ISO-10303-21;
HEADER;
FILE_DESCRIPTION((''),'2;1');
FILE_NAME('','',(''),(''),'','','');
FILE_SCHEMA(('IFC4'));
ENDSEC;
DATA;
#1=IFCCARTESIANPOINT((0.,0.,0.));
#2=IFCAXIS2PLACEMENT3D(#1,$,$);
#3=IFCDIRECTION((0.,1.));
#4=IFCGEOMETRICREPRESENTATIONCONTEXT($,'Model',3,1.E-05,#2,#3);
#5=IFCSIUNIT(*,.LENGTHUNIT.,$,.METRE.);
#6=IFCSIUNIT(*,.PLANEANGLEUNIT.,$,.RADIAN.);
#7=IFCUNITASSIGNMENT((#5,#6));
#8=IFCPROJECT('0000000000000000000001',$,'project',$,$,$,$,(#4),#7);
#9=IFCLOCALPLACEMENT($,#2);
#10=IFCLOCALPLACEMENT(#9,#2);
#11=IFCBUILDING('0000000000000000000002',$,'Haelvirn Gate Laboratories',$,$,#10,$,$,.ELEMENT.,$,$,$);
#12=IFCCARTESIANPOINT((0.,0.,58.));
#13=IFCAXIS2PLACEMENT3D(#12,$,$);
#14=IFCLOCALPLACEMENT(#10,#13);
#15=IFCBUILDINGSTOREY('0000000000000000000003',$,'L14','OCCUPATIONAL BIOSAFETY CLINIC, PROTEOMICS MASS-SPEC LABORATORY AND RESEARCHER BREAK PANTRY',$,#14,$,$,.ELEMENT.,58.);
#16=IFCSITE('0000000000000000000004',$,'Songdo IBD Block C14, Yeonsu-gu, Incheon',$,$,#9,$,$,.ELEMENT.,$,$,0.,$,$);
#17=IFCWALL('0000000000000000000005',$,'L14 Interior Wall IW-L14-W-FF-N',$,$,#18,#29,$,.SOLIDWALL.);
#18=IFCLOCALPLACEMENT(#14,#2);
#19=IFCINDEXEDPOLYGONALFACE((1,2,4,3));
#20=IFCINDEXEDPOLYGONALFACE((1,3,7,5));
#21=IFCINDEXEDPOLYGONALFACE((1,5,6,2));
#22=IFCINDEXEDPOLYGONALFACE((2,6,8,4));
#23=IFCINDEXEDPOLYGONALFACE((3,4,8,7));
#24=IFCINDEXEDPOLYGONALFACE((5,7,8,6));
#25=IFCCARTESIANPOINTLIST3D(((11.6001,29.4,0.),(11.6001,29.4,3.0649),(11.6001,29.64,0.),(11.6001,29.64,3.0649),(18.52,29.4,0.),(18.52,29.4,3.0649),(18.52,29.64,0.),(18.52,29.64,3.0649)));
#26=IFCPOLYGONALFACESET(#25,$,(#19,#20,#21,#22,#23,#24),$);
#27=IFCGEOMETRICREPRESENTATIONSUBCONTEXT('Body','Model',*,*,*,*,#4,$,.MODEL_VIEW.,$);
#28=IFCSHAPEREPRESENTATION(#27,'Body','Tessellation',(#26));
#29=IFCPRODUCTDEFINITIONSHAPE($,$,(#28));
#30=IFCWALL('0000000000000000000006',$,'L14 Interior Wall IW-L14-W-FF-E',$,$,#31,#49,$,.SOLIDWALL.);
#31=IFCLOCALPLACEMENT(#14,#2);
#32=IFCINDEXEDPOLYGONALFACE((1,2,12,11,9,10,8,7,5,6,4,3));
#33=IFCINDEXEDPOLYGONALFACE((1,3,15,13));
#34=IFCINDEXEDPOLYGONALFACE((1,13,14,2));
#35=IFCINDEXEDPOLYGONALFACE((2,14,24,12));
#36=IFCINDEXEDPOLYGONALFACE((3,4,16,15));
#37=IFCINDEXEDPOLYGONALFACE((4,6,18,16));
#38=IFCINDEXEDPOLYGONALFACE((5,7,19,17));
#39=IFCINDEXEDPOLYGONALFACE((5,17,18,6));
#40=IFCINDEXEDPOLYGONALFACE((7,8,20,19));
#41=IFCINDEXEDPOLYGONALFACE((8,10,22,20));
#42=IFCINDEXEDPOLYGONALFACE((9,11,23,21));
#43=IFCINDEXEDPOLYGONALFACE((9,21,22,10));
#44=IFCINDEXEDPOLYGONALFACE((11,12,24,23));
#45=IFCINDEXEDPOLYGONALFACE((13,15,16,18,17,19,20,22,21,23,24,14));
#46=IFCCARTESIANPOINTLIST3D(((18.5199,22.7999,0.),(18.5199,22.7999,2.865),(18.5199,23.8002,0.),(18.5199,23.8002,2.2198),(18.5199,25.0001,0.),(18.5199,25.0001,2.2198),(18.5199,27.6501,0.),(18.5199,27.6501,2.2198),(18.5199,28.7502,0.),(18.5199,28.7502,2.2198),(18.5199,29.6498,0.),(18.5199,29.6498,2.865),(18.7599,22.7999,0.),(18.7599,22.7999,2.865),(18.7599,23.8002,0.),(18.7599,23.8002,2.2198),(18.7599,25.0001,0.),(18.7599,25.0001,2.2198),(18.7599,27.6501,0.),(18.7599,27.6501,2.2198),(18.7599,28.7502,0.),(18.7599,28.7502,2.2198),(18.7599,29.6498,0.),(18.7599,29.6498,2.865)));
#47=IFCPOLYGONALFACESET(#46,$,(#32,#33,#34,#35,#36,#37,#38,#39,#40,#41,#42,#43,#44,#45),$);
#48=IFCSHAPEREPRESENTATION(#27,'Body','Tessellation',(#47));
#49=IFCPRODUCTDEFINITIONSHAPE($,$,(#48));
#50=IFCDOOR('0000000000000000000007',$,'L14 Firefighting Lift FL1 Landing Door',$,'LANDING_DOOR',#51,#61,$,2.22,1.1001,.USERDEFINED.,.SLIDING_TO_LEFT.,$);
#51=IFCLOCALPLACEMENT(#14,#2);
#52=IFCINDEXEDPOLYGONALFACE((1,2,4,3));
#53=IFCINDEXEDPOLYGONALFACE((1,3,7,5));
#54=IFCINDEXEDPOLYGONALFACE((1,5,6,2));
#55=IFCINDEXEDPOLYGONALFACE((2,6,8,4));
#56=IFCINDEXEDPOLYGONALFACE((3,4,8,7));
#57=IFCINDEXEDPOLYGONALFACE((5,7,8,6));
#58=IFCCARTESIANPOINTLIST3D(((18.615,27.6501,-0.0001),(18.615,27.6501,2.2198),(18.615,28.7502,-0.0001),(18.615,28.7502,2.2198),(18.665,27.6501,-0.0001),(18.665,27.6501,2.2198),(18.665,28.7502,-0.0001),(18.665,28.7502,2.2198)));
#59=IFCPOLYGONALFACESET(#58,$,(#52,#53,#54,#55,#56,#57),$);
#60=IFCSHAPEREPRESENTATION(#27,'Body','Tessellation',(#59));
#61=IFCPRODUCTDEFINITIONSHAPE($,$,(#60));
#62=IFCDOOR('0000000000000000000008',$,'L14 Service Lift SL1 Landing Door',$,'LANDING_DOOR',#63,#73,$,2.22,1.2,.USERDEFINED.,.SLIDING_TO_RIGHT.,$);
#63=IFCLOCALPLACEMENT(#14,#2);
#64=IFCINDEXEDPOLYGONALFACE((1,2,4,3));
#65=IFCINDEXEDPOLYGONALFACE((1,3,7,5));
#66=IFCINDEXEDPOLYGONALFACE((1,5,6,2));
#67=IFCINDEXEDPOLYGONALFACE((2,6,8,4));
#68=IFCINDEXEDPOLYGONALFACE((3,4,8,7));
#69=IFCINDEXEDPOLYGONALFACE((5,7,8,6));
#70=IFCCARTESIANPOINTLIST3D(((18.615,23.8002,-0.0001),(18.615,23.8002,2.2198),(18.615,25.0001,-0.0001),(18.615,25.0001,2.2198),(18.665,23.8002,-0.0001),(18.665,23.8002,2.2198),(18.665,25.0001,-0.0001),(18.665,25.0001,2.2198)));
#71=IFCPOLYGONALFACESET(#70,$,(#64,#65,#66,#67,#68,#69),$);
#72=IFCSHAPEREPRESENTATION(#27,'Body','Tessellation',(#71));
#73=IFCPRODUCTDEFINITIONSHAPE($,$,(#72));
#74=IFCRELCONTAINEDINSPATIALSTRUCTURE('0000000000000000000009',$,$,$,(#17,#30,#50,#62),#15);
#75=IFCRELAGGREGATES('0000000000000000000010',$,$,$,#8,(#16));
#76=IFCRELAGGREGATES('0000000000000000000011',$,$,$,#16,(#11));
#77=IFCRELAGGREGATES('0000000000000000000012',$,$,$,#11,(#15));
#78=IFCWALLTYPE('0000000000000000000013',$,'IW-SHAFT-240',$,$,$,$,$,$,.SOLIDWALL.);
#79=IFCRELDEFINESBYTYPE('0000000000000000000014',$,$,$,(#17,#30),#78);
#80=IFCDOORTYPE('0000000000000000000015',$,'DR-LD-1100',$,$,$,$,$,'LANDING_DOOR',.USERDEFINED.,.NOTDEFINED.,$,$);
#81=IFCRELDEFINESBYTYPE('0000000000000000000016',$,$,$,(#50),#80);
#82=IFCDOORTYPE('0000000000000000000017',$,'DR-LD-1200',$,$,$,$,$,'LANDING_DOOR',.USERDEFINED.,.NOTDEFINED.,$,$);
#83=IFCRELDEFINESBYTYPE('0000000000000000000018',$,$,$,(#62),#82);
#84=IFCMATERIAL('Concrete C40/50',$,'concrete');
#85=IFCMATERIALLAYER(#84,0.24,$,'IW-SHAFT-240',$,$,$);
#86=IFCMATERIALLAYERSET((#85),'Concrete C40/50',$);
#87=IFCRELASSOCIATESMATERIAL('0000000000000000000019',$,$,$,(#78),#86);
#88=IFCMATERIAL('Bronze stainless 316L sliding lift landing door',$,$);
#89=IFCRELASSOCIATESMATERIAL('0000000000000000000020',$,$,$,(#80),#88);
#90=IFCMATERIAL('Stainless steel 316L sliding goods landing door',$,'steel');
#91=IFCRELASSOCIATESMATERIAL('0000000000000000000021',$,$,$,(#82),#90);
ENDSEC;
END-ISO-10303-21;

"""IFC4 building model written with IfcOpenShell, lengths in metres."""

from ifc_helpers import new_model, si_unit, direction, frame, frame_2d, origin, place, context, subcontext, project, spatial, rectangle, extrude, source, transform, mapped, material, layer, layer_set, type_object, type_shapes, element, fill, save


model = new_model("IFC4")

# Units and contexts
model_context = context("Model", 3, precision=1e-05, world=origin(), true_north=direction((0.0, 1.0)))
body_context = subcontext(model_context, "Body", "Model", "MODEL_VIEW")
ifc_project = project(units=[si_unit("LENGTHUNIT", "METRE"), si_unit("PLANEANGLEUNIT", "RADIAN")], contexts=[model_context])

# Site, building, storey
site_placement = place(None, origin())
site = spatial("IfcSite", under=ifc_project, at=site_placement, Name="Songdo IBD Block C14, Yeonsu-gu, Incheon", CompositionType="ELEMENT", RefElevation=0.0)
building_placement = place(site_placement, origin())
building = spatial("IfcBuilding", under=site, at=building_placement, Name="Haelvirn Gate Laboratories", CompositionType="ELEMENT")
storey_placement = place(building_placement, frame((0.0, 0.0, 58.0)))
storey = spatial("IfcBuildingStorey", under=building, at=storey_placement, Name="L14", Description="OCCUPATIONAL BIOSAFETY CLINIC, PROTEOMICS MASS-SPEC LABORATORY AND RESEARCHER BREAK PANTRY", CompositionType="ELEMENT", Elevation=58.0)

# Shared definitions
ifc_material_1 = material(Name="Concrete C40/50", Category="concrete")

# Shared definitions
ifc_layer_1 = layer(ifc_material_1, 0.24, Name="IW-SHAFT-240")
ifc_layer_set_1 = layer_set([ifc_layer_1], Name="Concrete C40/50")
wall_type_1 = type_object("IfcWallType", Name="IW-SHAFT-240", PredefinedType="SOLIDWALL", material=ifc_layer_set_1)

# Wall
wall_1_placement = place(storey_placement, frame((11.6001, 29.52, 0.0), z_axis=(0.0, 0.0, 1.0), x_axis=(1.0, 0.0, 0.0)))
element("IfcWall", 1, at=wall_1_placement, inside=storey, type_object=wall_type_1, Name="L14 Interior Wall IW-L14-W-FF-N", PredefinedType="SOLIDWALL", context=body_context, shape_type="SweptSolid", body=[
    extrude(rectangle(XDim=6.9199, YDim=0.24, at=frame_2d((3.46, 0.0))), origin(), (0.0, 0.0, 1.0), 3.0649),
])

# Wall, openings, doors
wall_2_placement = place(storey_placement, frame((18.6399, 22.8, 0.0), z_axis=(0.0, 0.0, 1.0), x_axis=(0.0, 1.0, 0.0)))
wall_2 = element("IfcWall", 2, at=wall_2_placement, inside=storey, type_object=wall_type_1, Name="L14 Interior Wall IW-L14-W-FF-E", PredefinedType="SOLIDWALL", context=body_context, shape_type="SweptSolid", body=[
    extrude(rectangle(XDim=6.8499, YDim=0.24, at=frame_2d((3.4248, 0.0))), origin(), (0.0, 0.0, 1.0), 2.865),
])
opening_1_placement = place(wall_2_placement, frame((4.8501, 0.0, 0.0)))
opening_1 = element("IfcOpeningElement", 3, at=opening_1_placement, cuts=wall_2, PredefinedType="OPENING", context=body_context, shape_type="SweptSolid", body=[
    extrude(rectangle(XDim=1.1001, YDim=2.22, at=frame_2d((0.55, 1.1099))), frame((0.0, 0.1299, 0.0), z_axis=(0.0, -1.0, 0.0), x_axis=(1.0, 0.0, 0.0)), (0.0, 0.0, 1.0), 0.26),
])
opening_2_placement = place(wall_2_placement, frame((1.0, 0.0, 0.0)))
opening_2 = element("IfcOpeningElement", 4, at=opening_2_placement, cuts=wall_2, PredefinedType="OPENING", context=body_context, shape_type="SweptSolid", body=[
    extrude(rectangle(XDim=1.2, YDim=2.22, at=frame_2d((0.6001, 1.1099))), frame((0.0, 0.1299, 0.0), z_axis=(0.0, -1.0, 0.0), x_axis=(1.0, 0.0, 0.0)), (0.0, 0.0, 1.0), 0.26),
])
ifc_material_2 = material(Name="Bronze stainless 316L sliding lift landing door")
door_type_1 = type_object("IfcDoorType", Name="DR-LD-1100", ElementType="LANDING_DOOR", OperationType="NOTDEFINED", PredefinedType="USERDEFINED", material=ifc_material_2)
shared_shape_1 = source(origin(), body_context, "Body", "SweptSolid", [
    extrude(rectangle(XDim=1.1001, YDim=2.22, at=frame_2d((0.55, 1.1099))), frame((0.0, 0.0249, 0.0), z_axis=(0.0, -1.0, 0.0), x_axis=(1.0, 0.0, 0.0)), (0.0, 0.0, 1.0), 0.05),
])
type_shapes(door_type_1, [shared_shape_1])
door_1_placement = place(opening_1_placement, origin())
door_1 = element("IfcDoor", 5, at=door_1_placement, inside=storey, type_object=door_type_1, Name="L14 Firefighting Lift FL1 Landing Door", ObjectType="LANDING_DOOR", OperationType="SLIDING_TO_LEFT", OverallHeight=2.22, OverallWidth=1.1001, PredefinedType="USERDEFINED", context=body_context, shape_type="MappedRepresentation", body=[
    mapped(shared_shape_1, transform((0.0, 0.0, 0.0), scale=1.0)),
])
fill(opening_1, door_1)
ifc_material_3 = material(Name="Stainless steel 316L sliding goods landing door", Category="steel")
door_type_2 = type_object("IfcDoorType", Name="DR-LD-1200", ElementType="LANDING_DOOR", OperationType="NOTDEFINED", PredefinedType="USERDEFINED", material=ifc_material_3)
shared_shape_2 = source(origin(), body_context, "Body", "SweptSolid", [
    extrude(rectangle(XDim=1.2, YDim=2.22, at=frame_2d((0.6001, 1.1099))), frame((0.0, 0.0249, 0.0), z_axis=(0.0, -1.0, 0.0), x_axis=(1.0, 0.0, 0.0)), (0.0, 0.0, 1.0), 0.05),
])
type_shapes(door_type_2, [shared_shape_2])
door_2_placement = place(opening_2_placement, origin())
door_2 = element("IfcDoor", 6, at=door_2_placement, inside=storey, type_object=door_type_2, Name="L14 Service Lift SL1 Landing Door", ObjectType="LANDING_DOOR", OperationType="SLIDING_TO_RIGHT", OverallHeight=2.22, OverallWidth=1.2, PredefinedType="USERDEFINED", context=body_context, shape_type="MappedRepresentation", body=[
    mapped(shared_shape_2, transform((0.0, 0.0, 0.0), scale=1.0)),
])
fill(opening_2, door_2)

save(model, "model.ifc")
